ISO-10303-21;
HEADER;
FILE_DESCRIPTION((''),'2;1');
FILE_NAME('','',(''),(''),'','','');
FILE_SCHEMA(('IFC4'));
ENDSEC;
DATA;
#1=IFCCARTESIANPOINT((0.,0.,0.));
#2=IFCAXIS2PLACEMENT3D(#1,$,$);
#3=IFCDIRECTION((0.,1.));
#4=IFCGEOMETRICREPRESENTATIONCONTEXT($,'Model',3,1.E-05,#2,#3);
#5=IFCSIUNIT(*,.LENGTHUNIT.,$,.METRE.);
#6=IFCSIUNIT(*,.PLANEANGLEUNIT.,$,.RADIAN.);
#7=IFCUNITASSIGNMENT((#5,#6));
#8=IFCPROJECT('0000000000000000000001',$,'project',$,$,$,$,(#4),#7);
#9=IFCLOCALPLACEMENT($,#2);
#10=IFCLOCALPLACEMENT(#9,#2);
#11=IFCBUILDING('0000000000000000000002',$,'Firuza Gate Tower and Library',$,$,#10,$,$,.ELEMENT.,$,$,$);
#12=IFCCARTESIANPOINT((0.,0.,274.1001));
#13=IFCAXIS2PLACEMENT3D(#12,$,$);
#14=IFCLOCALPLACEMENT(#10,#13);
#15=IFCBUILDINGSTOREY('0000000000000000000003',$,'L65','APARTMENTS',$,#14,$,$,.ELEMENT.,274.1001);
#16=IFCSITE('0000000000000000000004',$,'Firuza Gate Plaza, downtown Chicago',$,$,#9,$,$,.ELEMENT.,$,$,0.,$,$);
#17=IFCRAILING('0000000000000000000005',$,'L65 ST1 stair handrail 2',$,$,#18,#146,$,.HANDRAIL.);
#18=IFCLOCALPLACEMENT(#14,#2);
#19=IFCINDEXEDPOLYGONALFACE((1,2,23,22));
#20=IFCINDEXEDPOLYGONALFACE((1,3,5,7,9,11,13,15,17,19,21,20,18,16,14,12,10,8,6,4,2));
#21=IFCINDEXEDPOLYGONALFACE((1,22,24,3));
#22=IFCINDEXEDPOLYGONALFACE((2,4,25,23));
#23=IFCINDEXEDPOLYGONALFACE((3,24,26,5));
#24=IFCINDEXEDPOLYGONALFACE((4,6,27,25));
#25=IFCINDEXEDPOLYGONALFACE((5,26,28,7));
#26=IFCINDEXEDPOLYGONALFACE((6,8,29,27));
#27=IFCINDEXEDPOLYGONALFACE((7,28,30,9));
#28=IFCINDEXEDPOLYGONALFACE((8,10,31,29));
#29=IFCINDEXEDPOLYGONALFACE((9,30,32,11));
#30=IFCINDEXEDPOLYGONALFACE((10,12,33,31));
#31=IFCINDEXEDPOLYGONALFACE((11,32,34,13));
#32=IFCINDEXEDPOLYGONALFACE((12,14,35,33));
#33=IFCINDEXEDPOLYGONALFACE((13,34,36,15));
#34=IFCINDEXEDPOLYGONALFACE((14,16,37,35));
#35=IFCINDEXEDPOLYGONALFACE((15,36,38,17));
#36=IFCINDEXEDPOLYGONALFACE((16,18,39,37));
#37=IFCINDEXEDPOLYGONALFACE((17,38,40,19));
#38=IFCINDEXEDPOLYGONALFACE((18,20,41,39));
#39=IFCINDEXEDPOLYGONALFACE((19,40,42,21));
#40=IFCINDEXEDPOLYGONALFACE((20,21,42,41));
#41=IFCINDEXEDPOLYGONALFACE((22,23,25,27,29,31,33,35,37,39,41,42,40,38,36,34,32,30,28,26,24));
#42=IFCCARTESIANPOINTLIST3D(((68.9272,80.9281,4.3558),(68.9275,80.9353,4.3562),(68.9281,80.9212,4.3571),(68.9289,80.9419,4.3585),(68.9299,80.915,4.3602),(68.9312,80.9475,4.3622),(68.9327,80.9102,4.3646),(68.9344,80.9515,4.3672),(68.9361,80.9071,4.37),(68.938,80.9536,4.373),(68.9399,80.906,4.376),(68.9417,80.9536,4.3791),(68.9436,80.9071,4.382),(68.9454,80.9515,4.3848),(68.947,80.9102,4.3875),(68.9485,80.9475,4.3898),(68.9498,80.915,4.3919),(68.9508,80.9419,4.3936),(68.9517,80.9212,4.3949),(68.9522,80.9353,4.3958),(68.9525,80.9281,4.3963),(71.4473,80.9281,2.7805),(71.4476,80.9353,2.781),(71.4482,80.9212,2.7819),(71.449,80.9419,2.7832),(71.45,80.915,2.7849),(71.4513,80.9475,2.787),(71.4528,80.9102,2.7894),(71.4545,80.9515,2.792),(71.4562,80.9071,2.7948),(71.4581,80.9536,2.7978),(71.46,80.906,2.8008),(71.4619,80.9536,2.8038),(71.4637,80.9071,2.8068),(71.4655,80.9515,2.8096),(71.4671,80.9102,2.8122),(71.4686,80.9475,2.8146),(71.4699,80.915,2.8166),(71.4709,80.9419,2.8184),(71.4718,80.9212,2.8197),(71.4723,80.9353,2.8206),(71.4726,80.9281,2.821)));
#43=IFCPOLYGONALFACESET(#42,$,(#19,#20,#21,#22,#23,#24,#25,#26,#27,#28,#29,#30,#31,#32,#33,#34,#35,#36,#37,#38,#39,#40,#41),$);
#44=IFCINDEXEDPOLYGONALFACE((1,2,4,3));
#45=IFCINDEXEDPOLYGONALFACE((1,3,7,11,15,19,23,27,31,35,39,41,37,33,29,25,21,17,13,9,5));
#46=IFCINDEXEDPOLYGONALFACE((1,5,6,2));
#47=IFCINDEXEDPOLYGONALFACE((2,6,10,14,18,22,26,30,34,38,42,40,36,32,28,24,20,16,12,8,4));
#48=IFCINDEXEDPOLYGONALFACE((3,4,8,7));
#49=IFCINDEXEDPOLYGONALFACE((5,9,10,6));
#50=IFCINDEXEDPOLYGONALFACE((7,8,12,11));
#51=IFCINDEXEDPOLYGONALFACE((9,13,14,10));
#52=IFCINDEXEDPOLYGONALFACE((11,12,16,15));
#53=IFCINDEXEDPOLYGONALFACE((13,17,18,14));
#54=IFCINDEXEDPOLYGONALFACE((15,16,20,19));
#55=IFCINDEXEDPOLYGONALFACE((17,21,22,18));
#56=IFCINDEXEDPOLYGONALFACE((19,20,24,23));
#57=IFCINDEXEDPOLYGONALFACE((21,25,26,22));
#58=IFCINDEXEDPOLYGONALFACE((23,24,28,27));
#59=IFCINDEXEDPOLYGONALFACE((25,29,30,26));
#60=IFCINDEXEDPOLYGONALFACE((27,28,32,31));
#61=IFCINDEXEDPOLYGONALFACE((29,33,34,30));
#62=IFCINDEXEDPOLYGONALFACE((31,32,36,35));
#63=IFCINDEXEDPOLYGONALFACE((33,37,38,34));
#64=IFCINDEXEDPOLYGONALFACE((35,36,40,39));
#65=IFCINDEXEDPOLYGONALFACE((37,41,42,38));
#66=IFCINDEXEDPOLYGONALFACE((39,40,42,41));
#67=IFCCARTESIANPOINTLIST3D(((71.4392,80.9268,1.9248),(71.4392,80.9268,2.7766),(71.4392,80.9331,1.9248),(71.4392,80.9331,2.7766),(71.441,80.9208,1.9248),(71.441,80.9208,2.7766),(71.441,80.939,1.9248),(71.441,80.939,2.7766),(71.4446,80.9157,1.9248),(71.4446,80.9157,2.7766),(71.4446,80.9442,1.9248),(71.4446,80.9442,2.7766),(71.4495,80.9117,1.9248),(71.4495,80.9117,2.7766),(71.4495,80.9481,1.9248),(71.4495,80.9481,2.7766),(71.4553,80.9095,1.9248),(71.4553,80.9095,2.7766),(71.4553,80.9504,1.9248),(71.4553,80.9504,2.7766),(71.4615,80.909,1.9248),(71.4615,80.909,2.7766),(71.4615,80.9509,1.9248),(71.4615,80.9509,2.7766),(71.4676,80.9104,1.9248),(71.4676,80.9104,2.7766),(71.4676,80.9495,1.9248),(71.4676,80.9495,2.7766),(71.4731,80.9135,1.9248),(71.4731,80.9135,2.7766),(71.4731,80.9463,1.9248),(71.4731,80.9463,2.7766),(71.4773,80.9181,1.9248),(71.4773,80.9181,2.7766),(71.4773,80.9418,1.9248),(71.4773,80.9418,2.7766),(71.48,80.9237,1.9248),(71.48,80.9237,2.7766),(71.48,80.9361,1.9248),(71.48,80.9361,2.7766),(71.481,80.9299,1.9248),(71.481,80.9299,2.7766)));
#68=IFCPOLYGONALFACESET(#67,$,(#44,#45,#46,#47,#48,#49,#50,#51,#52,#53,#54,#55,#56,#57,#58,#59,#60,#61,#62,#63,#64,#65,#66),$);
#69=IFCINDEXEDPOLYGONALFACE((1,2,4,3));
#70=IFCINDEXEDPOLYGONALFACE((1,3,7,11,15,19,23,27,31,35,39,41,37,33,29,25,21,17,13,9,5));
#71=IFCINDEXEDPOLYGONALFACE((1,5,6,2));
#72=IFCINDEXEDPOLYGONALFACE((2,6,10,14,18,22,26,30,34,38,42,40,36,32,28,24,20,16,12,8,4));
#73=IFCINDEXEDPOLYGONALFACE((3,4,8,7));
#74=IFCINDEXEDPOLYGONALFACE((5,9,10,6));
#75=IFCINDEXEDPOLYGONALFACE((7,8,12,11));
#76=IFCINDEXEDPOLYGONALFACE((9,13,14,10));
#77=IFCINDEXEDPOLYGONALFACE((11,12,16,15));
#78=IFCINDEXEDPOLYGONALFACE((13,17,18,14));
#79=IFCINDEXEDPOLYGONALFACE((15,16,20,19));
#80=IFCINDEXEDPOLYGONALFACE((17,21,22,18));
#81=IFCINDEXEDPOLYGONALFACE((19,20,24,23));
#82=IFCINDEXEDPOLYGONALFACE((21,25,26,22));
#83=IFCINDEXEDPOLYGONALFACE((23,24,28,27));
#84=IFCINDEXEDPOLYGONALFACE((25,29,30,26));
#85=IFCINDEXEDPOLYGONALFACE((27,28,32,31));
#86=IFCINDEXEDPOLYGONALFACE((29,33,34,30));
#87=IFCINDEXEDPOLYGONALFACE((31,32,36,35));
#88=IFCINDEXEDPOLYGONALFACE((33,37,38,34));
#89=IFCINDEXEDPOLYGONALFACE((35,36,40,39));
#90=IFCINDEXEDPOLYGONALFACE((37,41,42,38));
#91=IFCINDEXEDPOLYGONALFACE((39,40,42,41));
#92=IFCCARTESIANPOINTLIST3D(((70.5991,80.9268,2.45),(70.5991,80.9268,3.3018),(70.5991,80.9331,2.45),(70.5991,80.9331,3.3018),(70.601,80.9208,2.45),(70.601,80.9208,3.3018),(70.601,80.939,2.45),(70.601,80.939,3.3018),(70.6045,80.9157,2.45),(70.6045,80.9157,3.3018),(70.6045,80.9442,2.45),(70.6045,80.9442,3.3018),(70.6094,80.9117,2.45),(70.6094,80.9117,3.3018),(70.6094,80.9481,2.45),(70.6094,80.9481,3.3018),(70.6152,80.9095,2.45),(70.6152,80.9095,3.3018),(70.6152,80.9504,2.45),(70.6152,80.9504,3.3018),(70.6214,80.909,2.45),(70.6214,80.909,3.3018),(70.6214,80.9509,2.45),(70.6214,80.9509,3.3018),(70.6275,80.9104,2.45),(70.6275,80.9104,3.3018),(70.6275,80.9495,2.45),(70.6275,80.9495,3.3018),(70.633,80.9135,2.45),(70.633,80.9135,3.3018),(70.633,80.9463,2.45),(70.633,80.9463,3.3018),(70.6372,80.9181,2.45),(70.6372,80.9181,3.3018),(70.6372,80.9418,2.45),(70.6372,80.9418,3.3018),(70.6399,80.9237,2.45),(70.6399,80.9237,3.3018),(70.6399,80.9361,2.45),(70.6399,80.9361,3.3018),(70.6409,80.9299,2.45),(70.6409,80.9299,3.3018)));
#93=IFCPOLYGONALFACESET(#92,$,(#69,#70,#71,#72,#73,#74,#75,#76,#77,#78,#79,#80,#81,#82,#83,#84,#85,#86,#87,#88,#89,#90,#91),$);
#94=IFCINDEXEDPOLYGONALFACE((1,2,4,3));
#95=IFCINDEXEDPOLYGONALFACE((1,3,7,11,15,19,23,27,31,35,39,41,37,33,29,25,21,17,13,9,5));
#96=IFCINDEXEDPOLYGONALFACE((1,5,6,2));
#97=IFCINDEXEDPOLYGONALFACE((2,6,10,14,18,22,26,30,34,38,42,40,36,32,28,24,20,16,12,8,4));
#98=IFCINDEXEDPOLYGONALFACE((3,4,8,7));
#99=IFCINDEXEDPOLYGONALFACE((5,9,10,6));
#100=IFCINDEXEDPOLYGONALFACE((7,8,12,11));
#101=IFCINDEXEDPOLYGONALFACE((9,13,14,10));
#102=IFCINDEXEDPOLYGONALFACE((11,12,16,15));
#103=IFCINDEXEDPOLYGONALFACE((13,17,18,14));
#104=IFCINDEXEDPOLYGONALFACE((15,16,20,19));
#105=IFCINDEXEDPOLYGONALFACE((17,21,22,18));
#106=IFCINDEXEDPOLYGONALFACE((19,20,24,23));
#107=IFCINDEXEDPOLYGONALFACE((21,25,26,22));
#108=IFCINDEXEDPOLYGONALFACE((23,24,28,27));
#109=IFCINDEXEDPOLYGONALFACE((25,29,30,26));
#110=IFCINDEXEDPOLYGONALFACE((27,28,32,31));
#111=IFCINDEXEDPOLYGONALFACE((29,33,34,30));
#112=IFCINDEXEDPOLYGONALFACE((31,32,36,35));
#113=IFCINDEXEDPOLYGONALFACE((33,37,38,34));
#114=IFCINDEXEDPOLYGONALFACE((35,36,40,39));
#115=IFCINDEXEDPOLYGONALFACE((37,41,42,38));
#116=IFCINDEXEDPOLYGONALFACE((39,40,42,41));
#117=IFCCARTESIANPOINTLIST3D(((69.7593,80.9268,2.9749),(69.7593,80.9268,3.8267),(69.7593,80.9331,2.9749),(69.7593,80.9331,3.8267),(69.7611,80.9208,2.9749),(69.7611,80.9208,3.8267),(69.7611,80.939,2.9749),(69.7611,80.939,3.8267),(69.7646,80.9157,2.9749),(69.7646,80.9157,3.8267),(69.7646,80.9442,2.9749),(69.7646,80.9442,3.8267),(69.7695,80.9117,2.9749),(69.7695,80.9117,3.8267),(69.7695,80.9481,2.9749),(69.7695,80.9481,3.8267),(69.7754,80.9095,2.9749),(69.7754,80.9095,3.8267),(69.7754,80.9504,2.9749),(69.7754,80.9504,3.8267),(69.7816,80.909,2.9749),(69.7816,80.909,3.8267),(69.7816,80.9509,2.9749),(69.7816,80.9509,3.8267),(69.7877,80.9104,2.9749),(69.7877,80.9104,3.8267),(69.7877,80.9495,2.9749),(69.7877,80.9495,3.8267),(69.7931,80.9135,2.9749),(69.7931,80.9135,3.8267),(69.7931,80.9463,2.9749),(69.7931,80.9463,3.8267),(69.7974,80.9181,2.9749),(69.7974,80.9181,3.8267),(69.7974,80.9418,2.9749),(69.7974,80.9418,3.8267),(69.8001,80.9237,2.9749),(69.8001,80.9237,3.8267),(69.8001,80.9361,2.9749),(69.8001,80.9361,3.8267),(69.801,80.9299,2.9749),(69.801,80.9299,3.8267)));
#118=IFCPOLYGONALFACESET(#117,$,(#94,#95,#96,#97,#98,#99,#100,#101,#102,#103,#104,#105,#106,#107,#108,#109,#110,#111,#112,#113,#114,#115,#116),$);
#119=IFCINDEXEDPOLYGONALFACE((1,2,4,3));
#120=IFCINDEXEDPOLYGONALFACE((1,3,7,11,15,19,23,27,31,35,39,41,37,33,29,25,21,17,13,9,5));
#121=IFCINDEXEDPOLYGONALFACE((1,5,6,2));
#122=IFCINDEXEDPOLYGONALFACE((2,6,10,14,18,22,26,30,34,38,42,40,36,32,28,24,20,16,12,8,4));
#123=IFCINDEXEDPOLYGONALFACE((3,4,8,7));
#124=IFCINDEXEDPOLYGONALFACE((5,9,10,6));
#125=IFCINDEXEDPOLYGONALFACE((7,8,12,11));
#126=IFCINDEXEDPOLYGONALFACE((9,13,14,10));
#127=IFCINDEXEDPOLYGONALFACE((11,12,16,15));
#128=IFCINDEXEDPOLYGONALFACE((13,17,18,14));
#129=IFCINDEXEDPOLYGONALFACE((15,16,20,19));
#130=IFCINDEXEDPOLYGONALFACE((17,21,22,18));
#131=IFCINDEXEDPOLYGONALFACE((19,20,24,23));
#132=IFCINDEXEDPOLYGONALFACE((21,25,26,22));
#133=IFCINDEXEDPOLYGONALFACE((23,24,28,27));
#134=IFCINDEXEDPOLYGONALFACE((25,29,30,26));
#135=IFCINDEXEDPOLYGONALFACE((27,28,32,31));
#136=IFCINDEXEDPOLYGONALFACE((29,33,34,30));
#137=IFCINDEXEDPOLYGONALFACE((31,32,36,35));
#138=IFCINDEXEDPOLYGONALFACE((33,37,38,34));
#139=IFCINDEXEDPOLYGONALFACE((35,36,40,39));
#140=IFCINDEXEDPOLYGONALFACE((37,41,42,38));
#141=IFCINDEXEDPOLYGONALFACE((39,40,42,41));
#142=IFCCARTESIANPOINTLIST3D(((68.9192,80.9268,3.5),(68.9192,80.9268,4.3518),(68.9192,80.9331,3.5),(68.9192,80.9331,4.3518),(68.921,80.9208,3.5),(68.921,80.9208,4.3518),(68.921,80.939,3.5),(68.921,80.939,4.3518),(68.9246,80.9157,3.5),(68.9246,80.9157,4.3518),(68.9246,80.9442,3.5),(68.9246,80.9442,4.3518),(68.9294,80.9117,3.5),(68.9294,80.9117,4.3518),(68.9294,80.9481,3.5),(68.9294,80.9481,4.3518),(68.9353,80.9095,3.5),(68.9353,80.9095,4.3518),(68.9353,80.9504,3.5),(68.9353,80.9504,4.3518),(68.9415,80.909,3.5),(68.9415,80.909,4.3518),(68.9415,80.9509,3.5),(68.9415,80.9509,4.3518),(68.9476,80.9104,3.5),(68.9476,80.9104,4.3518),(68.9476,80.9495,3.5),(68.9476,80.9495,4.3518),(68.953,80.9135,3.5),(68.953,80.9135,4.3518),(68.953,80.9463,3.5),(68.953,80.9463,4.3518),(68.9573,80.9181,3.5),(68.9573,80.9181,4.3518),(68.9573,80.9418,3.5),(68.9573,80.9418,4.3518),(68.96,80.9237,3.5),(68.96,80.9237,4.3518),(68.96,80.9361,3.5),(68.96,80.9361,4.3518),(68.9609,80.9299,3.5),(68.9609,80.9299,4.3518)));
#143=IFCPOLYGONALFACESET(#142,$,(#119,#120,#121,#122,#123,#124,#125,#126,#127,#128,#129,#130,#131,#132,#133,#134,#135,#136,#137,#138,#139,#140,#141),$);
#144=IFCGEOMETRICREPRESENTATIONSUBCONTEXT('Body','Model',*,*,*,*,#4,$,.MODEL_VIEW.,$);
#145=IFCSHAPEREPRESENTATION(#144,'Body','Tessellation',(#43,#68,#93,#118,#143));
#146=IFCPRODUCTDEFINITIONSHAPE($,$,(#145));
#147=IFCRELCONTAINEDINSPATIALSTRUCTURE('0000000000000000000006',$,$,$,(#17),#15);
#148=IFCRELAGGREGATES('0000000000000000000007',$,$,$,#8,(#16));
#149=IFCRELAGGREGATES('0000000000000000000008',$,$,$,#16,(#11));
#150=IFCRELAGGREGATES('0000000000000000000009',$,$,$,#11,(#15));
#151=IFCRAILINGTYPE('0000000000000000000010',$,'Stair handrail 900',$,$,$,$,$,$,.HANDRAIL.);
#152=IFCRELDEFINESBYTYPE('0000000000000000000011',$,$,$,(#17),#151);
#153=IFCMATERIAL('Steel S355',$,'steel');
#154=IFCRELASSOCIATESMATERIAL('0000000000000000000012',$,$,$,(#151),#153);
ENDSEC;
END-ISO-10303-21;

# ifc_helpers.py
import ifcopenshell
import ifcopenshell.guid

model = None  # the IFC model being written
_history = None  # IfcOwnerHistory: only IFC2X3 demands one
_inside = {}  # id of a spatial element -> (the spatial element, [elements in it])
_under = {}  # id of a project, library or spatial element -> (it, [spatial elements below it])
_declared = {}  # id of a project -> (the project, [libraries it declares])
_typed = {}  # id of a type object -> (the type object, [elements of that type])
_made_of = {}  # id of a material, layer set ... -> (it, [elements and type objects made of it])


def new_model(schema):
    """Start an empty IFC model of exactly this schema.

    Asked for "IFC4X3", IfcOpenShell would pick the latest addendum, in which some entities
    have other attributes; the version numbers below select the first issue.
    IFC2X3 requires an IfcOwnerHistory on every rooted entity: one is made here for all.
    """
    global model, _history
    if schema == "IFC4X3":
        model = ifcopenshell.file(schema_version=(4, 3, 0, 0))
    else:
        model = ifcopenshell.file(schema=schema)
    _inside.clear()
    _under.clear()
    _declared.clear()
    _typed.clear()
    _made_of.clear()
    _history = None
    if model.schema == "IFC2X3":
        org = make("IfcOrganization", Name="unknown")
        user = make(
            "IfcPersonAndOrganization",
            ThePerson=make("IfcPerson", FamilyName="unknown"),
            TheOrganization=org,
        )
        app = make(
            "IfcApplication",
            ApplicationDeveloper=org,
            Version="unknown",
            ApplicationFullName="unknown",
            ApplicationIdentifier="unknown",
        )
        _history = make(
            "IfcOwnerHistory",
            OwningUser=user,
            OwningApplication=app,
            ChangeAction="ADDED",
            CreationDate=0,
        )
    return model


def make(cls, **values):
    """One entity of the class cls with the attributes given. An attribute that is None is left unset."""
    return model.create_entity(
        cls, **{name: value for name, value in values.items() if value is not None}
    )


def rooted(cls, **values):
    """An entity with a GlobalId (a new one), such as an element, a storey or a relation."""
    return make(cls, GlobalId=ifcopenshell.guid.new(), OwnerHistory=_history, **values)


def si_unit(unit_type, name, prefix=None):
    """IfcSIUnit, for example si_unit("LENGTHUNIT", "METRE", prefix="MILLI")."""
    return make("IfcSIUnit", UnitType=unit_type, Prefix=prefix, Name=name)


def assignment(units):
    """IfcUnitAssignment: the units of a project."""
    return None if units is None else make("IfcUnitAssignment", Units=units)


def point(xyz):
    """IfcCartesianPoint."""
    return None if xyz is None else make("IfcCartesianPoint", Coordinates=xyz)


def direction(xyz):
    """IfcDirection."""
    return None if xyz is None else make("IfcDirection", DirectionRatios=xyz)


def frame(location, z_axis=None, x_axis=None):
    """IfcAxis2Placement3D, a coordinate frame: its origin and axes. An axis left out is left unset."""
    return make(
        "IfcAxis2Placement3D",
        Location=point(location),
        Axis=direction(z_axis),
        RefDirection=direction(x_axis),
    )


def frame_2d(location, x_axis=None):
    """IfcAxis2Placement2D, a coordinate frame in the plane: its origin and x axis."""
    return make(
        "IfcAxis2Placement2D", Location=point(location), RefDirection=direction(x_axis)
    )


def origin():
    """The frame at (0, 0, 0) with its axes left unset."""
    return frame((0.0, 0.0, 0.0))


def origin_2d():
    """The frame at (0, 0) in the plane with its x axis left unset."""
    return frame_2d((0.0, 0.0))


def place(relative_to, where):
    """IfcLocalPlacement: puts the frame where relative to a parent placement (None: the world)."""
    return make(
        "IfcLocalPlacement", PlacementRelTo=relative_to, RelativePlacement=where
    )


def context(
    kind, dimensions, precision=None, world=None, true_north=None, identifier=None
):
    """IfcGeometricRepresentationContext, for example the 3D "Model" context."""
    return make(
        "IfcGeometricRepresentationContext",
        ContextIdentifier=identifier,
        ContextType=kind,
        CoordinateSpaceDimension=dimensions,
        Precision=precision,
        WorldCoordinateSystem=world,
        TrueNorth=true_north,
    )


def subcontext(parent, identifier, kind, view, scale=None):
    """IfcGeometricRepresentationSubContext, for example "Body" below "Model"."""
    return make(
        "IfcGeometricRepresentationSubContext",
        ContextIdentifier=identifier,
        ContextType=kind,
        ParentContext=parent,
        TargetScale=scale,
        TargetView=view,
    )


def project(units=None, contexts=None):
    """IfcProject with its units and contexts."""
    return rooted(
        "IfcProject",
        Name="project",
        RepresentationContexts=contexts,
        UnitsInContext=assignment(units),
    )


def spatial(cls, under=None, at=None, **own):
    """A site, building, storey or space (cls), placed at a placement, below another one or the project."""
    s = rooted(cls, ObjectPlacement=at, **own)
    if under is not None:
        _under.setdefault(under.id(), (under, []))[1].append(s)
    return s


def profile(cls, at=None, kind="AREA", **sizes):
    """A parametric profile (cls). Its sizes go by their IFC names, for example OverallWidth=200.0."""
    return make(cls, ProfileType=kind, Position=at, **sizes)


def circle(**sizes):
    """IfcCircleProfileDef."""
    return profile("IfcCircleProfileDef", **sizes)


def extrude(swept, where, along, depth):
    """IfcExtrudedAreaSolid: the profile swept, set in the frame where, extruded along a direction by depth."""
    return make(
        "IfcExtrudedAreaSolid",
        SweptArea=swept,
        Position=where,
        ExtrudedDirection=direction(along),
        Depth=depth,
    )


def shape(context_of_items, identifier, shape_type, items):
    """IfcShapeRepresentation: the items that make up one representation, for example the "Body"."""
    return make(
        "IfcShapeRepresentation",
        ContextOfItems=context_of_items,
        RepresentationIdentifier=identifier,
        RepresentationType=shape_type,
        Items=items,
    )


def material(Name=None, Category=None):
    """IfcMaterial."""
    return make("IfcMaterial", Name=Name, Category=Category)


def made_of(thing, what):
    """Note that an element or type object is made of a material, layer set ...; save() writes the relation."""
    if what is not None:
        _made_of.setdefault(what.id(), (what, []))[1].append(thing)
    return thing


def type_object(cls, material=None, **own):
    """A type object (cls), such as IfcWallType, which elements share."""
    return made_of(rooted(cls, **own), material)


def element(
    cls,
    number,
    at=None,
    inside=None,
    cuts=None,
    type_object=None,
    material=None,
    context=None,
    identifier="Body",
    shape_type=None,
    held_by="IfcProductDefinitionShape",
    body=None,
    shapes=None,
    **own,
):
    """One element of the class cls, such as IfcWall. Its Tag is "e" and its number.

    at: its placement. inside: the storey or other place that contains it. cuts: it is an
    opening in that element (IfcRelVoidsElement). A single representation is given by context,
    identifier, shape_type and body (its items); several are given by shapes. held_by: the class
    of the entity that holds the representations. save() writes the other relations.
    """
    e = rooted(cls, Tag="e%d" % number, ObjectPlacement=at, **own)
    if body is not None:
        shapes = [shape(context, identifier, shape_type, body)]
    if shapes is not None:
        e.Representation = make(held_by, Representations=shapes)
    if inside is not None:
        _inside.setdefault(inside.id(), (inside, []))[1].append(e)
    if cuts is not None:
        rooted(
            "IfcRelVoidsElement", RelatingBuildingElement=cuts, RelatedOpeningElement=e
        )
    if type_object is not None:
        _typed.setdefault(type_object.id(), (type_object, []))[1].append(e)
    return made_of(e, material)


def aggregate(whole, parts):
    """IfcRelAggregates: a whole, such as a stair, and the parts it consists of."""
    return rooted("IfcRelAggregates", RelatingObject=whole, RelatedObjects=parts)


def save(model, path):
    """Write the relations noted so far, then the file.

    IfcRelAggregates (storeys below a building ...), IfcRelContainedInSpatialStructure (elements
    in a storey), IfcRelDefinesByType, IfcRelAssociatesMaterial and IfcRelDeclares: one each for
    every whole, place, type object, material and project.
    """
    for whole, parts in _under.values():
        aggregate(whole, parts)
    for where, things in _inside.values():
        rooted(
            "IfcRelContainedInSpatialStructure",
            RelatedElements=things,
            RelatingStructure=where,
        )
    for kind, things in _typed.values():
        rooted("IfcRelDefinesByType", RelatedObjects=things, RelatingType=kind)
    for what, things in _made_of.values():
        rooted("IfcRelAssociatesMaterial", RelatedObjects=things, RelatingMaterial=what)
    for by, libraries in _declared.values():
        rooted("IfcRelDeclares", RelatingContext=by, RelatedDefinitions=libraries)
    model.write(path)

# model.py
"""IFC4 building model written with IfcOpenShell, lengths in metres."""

from ifc_helpers import new_model, si_unit, direction, frame, origin, origin_2d, place, context, subcontext, project, spatial, circle, extrude, material, type_object, element, save


model = new_model("IFC4")

# Units and contexts
model_context = context("Model", 3, precision=1e-05, world=origin(), true_north=direction((0.0, 1.0)))
body_context = subcontext(model_context, "Body", "Model", "MODEL_VIEW")
ifc_project = project(units=[si_unit("LENGTHUNIT", "METRE"), si_unit("PLANEANGLEUNIT", "RADIAN")], contexts=[model_context])

# Site, building, storey
site_placement = place(None, origin())
site = spatial("IfcSite", under=ifc_project, at=site_placement, Name="Firuza Gate Plaza, downtown Chicago", CompositionType="ELEMENT", RefElevation=0.0)
building_placement = place(site_placement, origin())
building = spatial("IfcBuilding", under=site, at=building_placement, Name="Firuza Gate Tower and Library", CompositionType="ELEMENT")
storey_placement = place(building_placement, frame((0.0, 0.0, 274.1001)))
storey = spatial("IfcBuildingStorey", under=building, at=storey_placement, Name="L65", Description="APARTMENTS", CompositionType="ELEMENT", Elevation=274.1001)

# Railing
ifc_material_1 = material(Name="Steel S355", Category="steel")
railing_type_1 = type_object("IfcRailingType", Name="Stair handrail 900", PredefinedType="HANDRAIL", material=ifc_material_1)
railing_1_placement = place(storey_placement, frame((71.46, 80.9299, 1.9248)))
element("IfcRailing", 1, at=railing_1_placement, inside=storey, type_object=railing_type_1, Name="L65 ST1 stair handrail 2", PredefinedType="HANDRAIL", context=body_context, shape_type="SweptSolid", body=[
    extrude(circle(Radius=0.0239, at=origin_2d()), frame((0.0, 0.0, 0.876), z_axis=(-0.847971, 0.0, 0.530043), x_axis=(0.0, -1.0, 0.0)), (0.0, 0.0, 1.0), 2.9719),
    extrude(circle(Radius=0.021, at=origin_2d()), origin(), (0.0, 0.0, 1.0), 0.8518),
    extrude(circle(Radius=0.021, at=origin_2d()), frame((-0.8401, 0.0, 0.5251)), (0.0, 0.0, 1.0), 0.8518),
    extrude(circle(Radius=0.021, at=origin_2d()), frame((-1.6799, 0.0, 1.05)), (0.0, 0.0, 1.0), 0.8518),
    extrude(circle(Radius=0.021, at=origin_2d()), frame((-2.52, 0.0, 1.5752)), (0.0, 0.0, 1.0), 0.8518),
])

save(model, "model.ifc")
